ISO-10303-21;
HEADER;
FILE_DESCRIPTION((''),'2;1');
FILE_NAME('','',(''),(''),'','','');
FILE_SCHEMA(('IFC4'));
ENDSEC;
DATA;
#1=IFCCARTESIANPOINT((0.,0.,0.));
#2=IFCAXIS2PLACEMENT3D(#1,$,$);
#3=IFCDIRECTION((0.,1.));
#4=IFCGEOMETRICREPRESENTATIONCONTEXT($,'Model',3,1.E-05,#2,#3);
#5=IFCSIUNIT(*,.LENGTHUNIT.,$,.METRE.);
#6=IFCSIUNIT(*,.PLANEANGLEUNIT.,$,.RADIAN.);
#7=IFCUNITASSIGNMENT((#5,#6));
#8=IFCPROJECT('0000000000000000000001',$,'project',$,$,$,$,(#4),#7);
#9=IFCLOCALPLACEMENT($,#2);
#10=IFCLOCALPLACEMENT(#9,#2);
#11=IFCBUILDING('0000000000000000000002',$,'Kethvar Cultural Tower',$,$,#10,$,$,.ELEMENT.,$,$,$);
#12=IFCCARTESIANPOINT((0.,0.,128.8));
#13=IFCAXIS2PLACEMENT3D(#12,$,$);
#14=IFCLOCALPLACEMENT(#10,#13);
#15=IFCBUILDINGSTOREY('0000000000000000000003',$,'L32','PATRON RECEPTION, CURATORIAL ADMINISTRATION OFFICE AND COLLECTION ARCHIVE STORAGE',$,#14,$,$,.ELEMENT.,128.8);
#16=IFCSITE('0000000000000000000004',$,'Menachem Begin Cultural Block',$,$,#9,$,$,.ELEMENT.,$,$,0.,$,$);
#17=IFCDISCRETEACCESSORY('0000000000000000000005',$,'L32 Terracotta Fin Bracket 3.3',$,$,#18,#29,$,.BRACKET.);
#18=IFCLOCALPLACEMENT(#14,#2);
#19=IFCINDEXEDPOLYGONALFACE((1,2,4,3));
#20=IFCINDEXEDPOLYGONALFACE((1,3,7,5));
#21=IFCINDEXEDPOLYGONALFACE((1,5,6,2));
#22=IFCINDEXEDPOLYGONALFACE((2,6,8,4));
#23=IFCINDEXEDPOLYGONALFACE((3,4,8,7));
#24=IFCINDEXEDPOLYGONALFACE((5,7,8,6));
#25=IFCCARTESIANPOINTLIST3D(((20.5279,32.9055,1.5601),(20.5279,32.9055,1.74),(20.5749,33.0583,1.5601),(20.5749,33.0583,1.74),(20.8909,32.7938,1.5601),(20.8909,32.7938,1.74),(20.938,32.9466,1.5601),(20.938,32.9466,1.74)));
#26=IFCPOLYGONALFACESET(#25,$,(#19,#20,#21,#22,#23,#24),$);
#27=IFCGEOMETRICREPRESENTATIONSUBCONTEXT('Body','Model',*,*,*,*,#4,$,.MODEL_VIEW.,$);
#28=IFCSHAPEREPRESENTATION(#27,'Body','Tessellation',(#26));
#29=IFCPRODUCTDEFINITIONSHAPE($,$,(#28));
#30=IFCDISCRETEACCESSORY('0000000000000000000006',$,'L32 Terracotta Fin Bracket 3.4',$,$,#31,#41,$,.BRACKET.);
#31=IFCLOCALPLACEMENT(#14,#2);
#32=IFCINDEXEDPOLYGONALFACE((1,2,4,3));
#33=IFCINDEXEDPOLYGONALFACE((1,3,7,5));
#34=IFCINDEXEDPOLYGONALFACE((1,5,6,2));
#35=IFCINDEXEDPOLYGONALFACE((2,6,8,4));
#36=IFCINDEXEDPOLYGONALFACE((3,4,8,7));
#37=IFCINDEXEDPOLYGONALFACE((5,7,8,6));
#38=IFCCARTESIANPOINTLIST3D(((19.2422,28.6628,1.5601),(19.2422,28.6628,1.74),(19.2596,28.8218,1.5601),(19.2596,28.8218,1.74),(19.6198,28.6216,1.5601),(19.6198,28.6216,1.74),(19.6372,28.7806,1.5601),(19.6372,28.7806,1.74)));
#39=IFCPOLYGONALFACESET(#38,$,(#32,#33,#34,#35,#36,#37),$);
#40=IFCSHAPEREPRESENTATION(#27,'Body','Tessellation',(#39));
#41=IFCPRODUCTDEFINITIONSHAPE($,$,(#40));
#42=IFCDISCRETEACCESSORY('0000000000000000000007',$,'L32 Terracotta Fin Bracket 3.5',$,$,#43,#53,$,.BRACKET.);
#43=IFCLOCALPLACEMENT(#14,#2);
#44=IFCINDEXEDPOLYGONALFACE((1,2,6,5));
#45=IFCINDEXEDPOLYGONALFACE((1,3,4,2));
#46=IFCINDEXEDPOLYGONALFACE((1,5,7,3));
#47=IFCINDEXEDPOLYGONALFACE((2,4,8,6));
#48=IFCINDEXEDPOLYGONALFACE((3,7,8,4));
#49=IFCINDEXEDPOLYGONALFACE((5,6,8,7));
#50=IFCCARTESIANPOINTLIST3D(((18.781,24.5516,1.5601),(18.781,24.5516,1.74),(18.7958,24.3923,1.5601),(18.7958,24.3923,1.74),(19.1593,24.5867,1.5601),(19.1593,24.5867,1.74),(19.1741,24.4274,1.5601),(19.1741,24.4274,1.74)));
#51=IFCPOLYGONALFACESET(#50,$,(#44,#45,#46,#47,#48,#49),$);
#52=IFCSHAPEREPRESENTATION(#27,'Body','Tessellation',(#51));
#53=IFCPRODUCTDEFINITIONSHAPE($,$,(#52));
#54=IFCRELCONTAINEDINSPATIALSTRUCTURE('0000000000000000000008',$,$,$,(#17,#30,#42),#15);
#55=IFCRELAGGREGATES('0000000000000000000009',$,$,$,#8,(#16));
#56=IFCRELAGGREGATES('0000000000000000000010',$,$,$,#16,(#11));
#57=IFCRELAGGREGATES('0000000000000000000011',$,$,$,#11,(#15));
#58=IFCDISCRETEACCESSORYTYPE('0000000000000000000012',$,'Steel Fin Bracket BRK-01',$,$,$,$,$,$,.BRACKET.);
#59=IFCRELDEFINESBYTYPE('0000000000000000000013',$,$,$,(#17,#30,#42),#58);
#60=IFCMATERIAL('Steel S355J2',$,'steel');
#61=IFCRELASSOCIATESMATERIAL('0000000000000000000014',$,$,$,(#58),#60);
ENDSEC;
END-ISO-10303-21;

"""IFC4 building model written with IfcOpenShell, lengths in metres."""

from ifc_helpers import new_model, si_unit, direction, frame, origin, origin_2d, place, context, subcontext, project, spatial, rectangle, extrude, source, transform, mapped, material, type_object, element, save


model = new_model("IFC4")

# Units and contexts
model_context = context("Model", 3, precision=1e-05, world=origin(), true_north=direction((0.0, 1.0)))
body_context = subcontext(model_context, "Body", "Model", "MODEL_VIEW")
ifc_project = project(units=[si_unit("LENGTHUNIT", "METRE"), si_unit("PLANEANGLEUNIT", "RADIAN")], contexts=[model_context])

# Site, building, storey
site_placement = place(None, origin())
site = spatial("IfcSite", under=ifc_project, at=site_placement, Name="Menachem Begin Cultural Block", CompositionType="ELEMENT", RefElevation=0.0)
building_placement = place(site_placement, origin())
building = spatial("IfcBuilding", under=site, at=building_placement, Name="Kethvar Cultural Tower", CompositionType="ELEMENT")
storey_placement = place(building_placement, frame((0.0, 0.0, 128.8)))
storey = spatial("IfcBuildingStorey", under=building, at=storey_placement, Name="L32", Description="PATRON RECEPTION, CURATORIAL ADMINISTRATION OFFICE AND COLLECTION ARCHIVE STORAGE", CompositionType="ELEMENT", Elevation=128.8)

# Shared definitions
ifc_material_1 = material(Name="Steel S355J2", Category="steel")

# Discrete accessories
discrete_accessory_type = type_object("IfcDiscreteAccessoryType", Name="Steel Fin Bracket BRK-01", PredefinedType="BRACKET", material=ifc_material_1)
shared_shape_1 = source(origin(), body_context, "Body", "SweptSolid", [
    extrude(rectangle(XDim=0.3799, YDim=0.1599, at=origin_2d()), origin(), (0.0, 0.0, 1.0), 0.1799),
])
for number, where, z_axis, x_axis, name in (
    (1, (20.7329, 32.926, 1.5601), (0.0, 0.0, 1.0), (-0.955793, 0.29404, 0.0), "L32 Terracotta Fin Bracket 3.3"),
    (2, (19.4397, 28.7217, 1.5601), (0.0, 0.0, 1.0), (-0.994094, 0.10852, 0.0), "L32 Terracotta Fin Bracket 3.4"),
    (3, (18.9775, 24.4895, 1.5601), (0.0, 0.0, 1.0), (-0.995725, -0.092371, 0.0), "L32 Terracotta Fin Bracket 3.5"),
):
    element("IfcDiscreteAccessory", number, at=place(storey_placement, frame(where, z_axis=z_axis, x_axis=x_axis)), inside=storey, type_object=discrete_accessory_type, Name=name, PredefinedType="BRACKET", context=body_context, shape_type="MappedRepresentation", body=[
        mapped(shared_shape_1, transform((0.0, 0.0, 0.0), scale=1.0)),
    ])

save(model, "model.ifc")
